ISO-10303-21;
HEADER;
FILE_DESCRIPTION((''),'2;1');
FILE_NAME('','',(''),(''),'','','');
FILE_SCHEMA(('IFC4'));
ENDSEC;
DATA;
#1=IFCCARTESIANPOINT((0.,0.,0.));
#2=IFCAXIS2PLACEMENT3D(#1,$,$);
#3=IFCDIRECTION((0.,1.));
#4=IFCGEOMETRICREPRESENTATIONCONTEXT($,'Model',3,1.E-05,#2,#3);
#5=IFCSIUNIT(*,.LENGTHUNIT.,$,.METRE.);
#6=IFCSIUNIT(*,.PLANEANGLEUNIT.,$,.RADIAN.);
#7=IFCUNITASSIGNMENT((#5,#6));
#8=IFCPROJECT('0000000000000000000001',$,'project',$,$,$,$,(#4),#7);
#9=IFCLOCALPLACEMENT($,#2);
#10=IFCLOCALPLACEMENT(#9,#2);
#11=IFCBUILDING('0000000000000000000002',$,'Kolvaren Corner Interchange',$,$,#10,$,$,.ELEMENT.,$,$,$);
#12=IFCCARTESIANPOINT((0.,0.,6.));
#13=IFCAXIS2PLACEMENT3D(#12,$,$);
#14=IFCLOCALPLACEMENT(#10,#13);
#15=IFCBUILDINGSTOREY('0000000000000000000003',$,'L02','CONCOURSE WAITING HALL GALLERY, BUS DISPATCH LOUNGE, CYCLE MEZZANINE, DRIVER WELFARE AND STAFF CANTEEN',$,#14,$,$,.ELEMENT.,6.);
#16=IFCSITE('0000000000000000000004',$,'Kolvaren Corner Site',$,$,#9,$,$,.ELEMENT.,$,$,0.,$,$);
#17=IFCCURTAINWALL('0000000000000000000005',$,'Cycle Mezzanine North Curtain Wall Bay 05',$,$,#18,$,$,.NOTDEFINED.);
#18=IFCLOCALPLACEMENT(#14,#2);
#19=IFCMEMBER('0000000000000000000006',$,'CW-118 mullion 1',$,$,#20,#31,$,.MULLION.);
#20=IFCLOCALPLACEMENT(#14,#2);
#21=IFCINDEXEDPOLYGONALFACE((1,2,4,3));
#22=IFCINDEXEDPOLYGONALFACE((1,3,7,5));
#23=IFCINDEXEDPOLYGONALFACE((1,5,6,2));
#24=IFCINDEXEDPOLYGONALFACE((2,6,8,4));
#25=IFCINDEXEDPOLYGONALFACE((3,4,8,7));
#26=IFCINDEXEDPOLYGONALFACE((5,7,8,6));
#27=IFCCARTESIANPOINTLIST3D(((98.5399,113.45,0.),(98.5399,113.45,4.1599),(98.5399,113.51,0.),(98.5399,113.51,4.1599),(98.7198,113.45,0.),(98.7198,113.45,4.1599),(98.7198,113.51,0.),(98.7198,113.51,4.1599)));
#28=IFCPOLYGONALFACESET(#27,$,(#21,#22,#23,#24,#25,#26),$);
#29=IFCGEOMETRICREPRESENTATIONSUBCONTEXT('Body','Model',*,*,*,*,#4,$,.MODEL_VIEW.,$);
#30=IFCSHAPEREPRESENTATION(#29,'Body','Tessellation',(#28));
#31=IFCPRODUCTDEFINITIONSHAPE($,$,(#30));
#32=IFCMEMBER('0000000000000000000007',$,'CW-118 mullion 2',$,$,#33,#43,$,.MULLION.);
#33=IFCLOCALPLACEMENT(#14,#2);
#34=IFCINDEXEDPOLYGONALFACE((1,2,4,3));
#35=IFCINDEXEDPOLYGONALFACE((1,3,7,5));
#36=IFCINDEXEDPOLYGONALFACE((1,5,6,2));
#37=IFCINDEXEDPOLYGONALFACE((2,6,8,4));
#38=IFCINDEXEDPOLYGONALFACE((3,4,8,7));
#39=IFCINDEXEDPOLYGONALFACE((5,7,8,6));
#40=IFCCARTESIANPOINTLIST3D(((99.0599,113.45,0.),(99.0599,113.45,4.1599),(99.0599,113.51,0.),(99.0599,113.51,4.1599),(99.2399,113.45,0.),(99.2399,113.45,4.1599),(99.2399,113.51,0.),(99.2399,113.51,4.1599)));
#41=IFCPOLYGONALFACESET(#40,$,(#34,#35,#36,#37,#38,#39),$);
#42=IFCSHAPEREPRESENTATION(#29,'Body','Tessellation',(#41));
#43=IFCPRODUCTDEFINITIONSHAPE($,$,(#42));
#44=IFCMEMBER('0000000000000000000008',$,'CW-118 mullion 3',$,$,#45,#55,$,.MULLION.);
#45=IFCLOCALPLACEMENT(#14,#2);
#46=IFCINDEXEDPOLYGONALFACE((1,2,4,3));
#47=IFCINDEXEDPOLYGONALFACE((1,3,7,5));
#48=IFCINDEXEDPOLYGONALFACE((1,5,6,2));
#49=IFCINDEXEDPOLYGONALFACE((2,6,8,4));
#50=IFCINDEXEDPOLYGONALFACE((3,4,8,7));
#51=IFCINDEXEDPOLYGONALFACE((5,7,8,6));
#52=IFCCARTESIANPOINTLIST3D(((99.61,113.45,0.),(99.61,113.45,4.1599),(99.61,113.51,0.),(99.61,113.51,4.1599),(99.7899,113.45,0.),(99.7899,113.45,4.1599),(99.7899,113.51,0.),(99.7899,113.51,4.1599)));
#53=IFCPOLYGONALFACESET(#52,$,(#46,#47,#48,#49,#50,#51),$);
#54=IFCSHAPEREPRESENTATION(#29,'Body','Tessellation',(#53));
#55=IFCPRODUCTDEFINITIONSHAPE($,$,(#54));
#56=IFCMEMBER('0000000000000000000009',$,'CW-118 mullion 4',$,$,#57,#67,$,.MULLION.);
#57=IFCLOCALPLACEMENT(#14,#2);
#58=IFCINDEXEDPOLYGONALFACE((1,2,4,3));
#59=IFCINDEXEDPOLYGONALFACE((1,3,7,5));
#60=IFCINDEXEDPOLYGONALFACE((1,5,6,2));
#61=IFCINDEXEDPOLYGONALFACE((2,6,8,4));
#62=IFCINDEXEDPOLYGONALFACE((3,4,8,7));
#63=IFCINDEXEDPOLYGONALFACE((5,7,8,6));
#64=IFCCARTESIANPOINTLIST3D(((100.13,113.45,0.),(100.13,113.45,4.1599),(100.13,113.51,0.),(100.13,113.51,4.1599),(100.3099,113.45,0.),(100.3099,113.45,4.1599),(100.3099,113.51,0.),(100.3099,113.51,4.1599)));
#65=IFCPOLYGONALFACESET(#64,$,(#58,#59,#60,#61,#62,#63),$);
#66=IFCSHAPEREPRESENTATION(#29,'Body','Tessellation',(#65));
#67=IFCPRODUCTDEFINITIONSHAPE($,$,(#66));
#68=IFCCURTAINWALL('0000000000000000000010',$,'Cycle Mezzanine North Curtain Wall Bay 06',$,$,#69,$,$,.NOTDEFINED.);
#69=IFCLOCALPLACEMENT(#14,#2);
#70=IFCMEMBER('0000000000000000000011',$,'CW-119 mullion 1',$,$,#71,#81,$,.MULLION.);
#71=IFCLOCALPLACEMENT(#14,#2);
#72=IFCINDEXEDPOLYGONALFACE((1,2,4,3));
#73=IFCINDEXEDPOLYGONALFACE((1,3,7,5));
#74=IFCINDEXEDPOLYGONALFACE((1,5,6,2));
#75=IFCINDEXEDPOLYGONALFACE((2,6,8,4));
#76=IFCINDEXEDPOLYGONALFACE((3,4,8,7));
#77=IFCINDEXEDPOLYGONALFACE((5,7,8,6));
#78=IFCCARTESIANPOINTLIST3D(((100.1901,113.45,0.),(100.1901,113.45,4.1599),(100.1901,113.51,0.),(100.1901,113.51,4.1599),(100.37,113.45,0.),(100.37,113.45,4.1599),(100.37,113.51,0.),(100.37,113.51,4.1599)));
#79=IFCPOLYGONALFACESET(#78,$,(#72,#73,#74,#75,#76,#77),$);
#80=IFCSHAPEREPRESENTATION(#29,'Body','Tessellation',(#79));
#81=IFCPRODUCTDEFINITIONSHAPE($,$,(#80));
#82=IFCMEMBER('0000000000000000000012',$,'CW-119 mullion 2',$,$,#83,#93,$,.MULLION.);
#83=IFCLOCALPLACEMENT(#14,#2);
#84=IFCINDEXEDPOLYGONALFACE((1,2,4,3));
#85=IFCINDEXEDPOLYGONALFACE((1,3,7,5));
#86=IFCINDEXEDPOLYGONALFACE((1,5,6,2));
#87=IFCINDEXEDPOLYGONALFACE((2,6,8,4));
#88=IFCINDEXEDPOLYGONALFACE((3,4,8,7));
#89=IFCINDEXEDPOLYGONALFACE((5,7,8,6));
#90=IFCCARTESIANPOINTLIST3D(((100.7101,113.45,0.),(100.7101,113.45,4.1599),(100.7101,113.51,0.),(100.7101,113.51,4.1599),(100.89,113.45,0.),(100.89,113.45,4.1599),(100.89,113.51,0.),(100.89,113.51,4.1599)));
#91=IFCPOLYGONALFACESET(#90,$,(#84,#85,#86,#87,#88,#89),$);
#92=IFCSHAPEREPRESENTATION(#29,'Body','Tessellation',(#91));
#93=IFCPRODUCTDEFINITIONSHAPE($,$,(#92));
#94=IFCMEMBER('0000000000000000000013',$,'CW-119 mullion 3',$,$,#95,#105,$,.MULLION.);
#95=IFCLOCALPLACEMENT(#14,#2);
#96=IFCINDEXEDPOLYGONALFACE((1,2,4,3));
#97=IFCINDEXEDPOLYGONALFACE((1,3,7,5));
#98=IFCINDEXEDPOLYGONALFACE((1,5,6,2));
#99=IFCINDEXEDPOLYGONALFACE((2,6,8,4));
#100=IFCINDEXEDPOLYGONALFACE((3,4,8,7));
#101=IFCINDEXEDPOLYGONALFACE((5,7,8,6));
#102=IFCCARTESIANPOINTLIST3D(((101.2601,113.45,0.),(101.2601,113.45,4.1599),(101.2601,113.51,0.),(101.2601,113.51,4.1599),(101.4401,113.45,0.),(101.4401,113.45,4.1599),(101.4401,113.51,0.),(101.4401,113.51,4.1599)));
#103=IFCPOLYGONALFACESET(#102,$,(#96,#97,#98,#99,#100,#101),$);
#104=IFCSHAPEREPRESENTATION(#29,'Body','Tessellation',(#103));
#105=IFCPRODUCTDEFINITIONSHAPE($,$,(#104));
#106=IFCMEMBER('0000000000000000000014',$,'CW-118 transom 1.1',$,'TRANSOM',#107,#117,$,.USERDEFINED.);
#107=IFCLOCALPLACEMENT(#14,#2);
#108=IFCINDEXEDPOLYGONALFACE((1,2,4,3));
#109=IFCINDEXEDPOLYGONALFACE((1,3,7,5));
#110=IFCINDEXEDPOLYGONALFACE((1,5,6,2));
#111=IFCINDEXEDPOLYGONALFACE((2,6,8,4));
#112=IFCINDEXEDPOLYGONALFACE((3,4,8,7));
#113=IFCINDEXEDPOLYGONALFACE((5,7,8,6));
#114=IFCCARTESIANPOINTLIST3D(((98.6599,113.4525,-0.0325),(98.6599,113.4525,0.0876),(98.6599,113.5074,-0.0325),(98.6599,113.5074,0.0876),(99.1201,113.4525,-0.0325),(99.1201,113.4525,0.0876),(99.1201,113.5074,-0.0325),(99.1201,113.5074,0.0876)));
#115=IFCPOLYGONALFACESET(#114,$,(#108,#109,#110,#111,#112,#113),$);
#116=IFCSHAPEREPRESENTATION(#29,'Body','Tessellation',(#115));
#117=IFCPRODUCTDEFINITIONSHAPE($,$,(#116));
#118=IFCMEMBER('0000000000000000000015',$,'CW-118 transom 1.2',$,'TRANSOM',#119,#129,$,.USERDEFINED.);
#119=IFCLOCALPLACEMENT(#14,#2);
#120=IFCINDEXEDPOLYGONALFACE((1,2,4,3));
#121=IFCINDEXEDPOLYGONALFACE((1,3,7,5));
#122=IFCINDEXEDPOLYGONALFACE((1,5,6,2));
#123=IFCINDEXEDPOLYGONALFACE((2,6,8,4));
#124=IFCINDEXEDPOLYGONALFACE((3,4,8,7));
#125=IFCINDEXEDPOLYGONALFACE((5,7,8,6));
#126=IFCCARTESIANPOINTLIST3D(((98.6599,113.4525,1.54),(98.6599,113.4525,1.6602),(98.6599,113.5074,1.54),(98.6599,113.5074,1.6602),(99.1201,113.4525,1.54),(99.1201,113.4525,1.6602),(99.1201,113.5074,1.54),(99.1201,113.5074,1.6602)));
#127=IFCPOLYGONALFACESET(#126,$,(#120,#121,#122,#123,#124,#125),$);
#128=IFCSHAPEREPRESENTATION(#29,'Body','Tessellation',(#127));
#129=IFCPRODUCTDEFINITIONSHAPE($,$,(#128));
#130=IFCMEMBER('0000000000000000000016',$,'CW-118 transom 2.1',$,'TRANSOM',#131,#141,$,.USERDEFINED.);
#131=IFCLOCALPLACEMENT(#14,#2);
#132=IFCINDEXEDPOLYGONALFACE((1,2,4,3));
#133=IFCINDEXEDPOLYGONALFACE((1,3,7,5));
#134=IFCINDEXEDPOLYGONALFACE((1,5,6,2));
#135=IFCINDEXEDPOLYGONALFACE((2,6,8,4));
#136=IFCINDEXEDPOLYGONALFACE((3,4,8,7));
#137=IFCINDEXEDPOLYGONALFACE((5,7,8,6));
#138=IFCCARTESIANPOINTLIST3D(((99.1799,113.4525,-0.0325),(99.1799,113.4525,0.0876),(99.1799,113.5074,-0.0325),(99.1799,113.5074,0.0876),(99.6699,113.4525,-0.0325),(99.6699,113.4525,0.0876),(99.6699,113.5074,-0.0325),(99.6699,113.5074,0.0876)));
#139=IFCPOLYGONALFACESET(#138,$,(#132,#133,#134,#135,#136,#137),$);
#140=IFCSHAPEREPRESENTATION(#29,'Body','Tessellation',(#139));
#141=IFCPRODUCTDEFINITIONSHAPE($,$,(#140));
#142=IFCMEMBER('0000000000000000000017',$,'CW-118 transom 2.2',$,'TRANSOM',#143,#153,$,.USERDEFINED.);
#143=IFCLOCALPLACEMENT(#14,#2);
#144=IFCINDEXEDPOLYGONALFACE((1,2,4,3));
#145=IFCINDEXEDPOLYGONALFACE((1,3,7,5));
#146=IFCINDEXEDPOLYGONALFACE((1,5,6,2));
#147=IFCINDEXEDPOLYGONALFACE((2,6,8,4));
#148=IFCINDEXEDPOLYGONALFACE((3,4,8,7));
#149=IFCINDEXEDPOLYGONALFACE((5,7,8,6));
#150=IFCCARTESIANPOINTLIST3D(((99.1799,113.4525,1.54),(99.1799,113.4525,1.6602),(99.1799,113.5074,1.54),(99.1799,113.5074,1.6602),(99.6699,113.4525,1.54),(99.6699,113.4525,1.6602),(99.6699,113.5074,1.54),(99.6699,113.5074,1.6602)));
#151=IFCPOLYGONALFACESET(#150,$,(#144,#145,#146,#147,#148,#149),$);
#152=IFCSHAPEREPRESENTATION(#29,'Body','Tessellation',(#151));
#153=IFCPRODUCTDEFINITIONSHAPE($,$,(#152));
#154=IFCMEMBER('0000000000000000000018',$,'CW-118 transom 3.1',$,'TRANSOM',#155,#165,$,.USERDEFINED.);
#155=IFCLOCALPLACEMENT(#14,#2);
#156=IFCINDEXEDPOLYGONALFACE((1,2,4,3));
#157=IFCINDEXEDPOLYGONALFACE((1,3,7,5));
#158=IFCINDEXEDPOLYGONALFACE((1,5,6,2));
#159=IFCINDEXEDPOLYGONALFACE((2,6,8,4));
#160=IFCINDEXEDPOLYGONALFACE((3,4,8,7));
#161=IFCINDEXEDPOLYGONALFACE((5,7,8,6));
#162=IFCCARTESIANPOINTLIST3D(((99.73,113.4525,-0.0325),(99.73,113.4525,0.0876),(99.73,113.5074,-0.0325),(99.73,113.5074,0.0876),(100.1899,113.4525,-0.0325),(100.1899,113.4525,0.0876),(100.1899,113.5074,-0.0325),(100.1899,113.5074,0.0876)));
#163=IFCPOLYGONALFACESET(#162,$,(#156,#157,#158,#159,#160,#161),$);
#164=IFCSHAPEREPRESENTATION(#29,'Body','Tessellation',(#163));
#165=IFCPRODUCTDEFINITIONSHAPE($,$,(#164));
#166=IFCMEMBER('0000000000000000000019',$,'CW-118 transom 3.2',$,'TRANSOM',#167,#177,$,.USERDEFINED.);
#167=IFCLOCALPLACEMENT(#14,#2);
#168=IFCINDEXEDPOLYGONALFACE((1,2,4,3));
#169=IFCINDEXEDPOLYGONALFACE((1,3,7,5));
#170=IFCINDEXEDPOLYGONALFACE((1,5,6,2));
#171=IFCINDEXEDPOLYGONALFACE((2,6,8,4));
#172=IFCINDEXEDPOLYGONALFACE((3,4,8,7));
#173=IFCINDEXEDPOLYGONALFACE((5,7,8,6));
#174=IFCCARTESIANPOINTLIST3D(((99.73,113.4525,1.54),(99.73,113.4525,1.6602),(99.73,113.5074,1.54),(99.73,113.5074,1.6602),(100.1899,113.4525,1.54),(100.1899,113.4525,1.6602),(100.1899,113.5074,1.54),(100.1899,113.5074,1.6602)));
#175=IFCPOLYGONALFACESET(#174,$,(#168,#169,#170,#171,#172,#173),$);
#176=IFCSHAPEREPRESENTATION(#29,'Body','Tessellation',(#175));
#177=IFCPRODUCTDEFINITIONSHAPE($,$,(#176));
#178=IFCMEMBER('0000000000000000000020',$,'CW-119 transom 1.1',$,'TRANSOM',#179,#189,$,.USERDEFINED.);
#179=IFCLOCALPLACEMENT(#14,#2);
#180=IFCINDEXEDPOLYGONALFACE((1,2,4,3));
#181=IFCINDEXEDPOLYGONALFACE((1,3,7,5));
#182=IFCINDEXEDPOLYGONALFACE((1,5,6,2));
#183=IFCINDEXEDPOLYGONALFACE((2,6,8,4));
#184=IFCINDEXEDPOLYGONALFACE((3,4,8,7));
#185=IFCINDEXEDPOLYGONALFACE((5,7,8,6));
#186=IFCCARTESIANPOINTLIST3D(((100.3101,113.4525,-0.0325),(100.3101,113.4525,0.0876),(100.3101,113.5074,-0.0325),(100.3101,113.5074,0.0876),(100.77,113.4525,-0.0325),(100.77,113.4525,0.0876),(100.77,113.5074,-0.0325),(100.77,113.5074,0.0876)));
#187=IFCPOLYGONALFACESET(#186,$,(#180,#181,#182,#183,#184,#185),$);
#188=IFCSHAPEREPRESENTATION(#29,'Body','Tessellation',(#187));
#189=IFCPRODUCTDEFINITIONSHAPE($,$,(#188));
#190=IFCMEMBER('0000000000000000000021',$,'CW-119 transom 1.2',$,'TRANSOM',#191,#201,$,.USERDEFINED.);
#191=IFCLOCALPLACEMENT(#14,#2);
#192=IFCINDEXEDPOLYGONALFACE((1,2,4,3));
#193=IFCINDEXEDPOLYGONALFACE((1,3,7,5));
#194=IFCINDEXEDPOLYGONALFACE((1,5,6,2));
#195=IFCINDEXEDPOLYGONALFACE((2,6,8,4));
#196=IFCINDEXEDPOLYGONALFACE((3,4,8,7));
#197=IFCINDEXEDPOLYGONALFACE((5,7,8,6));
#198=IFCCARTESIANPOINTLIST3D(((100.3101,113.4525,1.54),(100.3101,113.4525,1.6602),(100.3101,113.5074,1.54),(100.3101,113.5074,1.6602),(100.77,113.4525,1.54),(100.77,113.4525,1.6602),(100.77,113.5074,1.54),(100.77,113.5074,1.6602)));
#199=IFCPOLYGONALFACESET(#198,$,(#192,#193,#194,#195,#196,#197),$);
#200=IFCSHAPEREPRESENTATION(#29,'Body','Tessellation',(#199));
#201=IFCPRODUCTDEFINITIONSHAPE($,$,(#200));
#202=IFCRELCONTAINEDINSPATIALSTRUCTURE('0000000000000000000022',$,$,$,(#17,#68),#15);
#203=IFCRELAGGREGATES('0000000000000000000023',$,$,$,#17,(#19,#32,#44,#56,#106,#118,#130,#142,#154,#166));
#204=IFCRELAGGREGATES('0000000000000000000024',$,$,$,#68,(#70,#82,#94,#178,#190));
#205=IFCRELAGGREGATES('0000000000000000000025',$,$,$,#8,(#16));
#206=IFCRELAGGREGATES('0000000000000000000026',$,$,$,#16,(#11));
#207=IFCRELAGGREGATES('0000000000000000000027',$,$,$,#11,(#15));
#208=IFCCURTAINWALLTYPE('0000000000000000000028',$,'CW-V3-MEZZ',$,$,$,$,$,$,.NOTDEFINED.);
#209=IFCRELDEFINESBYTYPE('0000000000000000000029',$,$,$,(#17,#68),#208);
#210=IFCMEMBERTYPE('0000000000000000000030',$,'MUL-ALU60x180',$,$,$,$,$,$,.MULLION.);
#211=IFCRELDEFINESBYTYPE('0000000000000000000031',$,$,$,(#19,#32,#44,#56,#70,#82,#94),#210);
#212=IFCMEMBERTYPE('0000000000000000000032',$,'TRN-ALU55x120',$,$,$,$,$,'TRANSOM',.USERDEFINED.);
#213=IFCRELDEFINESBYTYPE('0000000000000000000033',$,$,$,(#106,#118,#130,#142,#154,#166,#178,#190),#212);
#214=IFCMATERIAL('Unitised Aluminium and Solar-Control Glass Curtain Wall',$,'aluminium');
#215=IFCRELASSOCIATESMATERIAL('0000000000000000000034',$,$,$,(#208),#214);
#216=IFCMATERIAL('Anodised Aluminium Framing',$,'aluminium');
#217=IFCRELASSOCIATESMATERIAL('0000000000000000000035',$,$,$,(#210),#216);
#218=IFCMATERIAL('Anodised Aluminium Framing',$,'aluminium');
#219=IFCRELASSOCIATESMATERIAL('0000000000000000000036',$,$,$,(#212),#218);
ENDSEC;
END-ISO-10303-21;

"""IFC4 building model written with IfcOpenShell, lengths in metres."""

from ifc_helpers import new_model, si_unit, direction, frame, origin, origin_2d, place, context, subcontext, project, spatial, rectangle, extrude, material, material_profile, profile_set, type_object, element, aggregate, save


model = new_model("IFC4")

# Units and contexts
model_context = context("Model", 3, precision=1e-05, world=origin(), true_north=direction((0.0, 1.0)))
body_context = subcontext(model_context, "Body", "Model", "MODEL_VIEW")
ifc_project = project(units=[si_unit("LENGTHUNIT", "METRE"), si_unit("PLANEANGLEUNIT", "RADIAN")], contexts=[model_context])

# Site, building, storey
site_placement = place(None, origin())
site = spatial("IfcSite", under=ifc_project, at=site_placement, Name="Kolvaren Corner Site", CompositionType="ELEMENT", RefElevation=0.0)
building_placement = place(site_placement, origin())
building = spatial("IfcBuilding", under=site, at=building_placement, Name="Kolvaren Corner Interchange", CompositionType="ELEMENT")
storey_placement = place(building_placement, frame((0.0, 0.0, 6.0)))
storey = spatial("IfcBuildingStorey", under=building, at=storey_placement, Name="L02", Description="CONCOURSE WAITING HALL GALLERY, BUS DISPATCH LOUNGE, CYCLE MEZZANINE, DRIVER WELFARE AND STAFF CANTEEN", CompositionType="ELEMENT", Elevation=6.0)

# Curtain walls, members
ifc_material_1 = material(Name="Unitised Aluminium and Solar-Control Glass Curtain Wall", Category="aluminium")
curtain_wall_type = type_object("IfcCurtainWallType", Name="CW-V3-MEZZ", PredefinedType="NOTDEFINED", material=ifc_material_1)
curtain_wall_1_placement = place(storey_placement, origin())
curtain_wall_1 = element("IfcCurtainWall", 1, at=curtain_wall_1_placement, inside=storey, type_object=curtain_wall_type, Name="Cycle Mezzanine North Curtain Wall Bay 05", PredefinedType="NOTDEFINED")
ifc_material_2 = material(Name="Anodised Aluminium Framing", Category="aluminium")
ifc_material_profile_1 = material_profile(ifc_material_2, rectangle(XDim=0.0601, YDim=0.1799, at=origin_2d()), Name="ALU 60x180")
ifc_profile_set_1 = profile_set([ifc_material_profile_1], Name="Anodised Aluminium Framing")
member_type_1 = type_object("IfcMemberType", Name="MUL-ALU60x180", PredefinedType="MULLION", material=ifc_profile_set_1)
member_1_placement = place(storey_placement, frame((98.6299, 113.48, 0.0), z_axis=(0.0, 0.0, 1.0), x_axis=(0.0, 1.0, 0.0)))
member_1 = element("IfcMember", 2, at=member_1_placement, type_object=member_type_1, Name="CW-118 mullion 1", PredefinedType="MULLION", context=body_context, shape_type="SweptSolid", body=[
    extrude(rectangle(XDim=0.0601, YDim=0.1799, at=origin_2d()), origin(), (0.0, 0.0, 1.0), 4.1599),
])
member_2_placement = place(storey_placement, frame((99.1499, 113.48, 0.0), z_axis=(0.0, 0.0, 1.0), x_axis=(0.0, 1.0, 0.0)))
member_2 = element("IfcMember", 3, at=member_2_placement, type_object=member_type_1, Name="CW-118 mullion 2", PredefinedType="MULLION", context=body_context, shape_type="SweptSolid", body=[
    extrude(rectangle(XDim=0.0601, YDim=0.1799, at=origin_2d()), origin(), (0.0, 0.0, 1.0), 4.1599),
])
member_3_placement = place(storey_placement, frame((99.7, 113.48, 0.0), z_axis=(0.0, 0.0, 1.0), x_axis=(0.0, 1.0, 0.0)))
member_3 = element("IfcMember", 4, at=member_3_placement, type_object=member_type_1, Name="CW-118 mullion 3", PredefinedType="MULLION", context=body_context, shape_type="SweptSolid", body=[
    extrude(rectangle(XDim=0.0601, YDim=0.1799, at=origin_2d()), origin(), (0.0, 0.0, 1.0), 4.1599),
])
member_4_placement = place(storey_placement, frame((100.22, 113.48, 0.0), z_axis=(0.0, 0.0, 1.0), x_axis=(0.0, 1.0, 0.0)))
member_4 = element("IfcMember", 5, at=member_4_placement, type_object=member_type_1, Name="CW-118 mullion 4", PredefinedType="MULLION", context=body_context, shape_type="SweptSolid", body=[
    extrude(rectangle(XDim=0.0601, YDim=0.1799, at=origin_2d()), origin(), (0.0, 0.0, 1.0), 4.1599),
])
curtain_wall_2_placement = place(storey_placement, origin())
curtain_wall_2 = element("IfcCurtainWall", 6, at=curtain_wall_2_placement, inside=storey, type_object=curtain_wall_type, Name="Cycle Mezzanine North Curtain Wall Bay 06", PredefinedType="NOTDEFINED")
member_5_placement = place(storey_placement, frame((100.28, 113.48, 0.0), z_axis=(0.0, 0.0, 1.0), x_axis=(0.0, 1.0, 0.0)))
member_5 = element("IfcMember", 7, at=member_5_placement, type_object=member_type_1, Name="CW-119 mullion 1", PredefinedType="MULLION", context=body_context, shape_type="SweptSolid", body=[
    extrude(rectangle(XDim=0.0601, YDim=0.1799, at=origin_2d()), origin(), (0.0, 0.0, 1.0), 4.1599),
])
member_6_placement = place(storey_placement, frame((100.8, 113.48, 0.0), z_axis=(0.0, 0.0, 1.0), x_axis=(0.0, 1.0, 0.0)))
member_6 = element("IfcMember", 8, at=member_6_placement, type_object=member_type_1, Name="CW-119 mullion 2", PredefinedType="MULLION", context=body_context, shape_type="SweptSolid", body=[
    extrude(rectangle(XDim=0.0601, YDim=0.1799, at=origin_2d()), origin(), (0.0, 0.0, 1.0), 4.1599),
])
member_7_placement = place(storey_placement, frame((101.3501, 113.48, 0.0), z_axis=(0.0, 0.0, 1.0), x_axis=(0.0, 1.0, 0.0)))
member_7 = element("IfcMember", 9, at=member_7_placement, type_object=member_type_1, Name="CW-119 mullion 3", PredefinedType="MULLION", context=body_context, shape_type="SweptSolid", body=[
    extrude(rectangle(XDim=0.0601, YDim=0.1799, at=origin_2d()), origin(), (0.0, 0.0, 1.0), 4.1599),
])

# Members
ifc_material_3 = material(Name="Anodised Aluminium Framing", Category="aluminium")
ifc_material_profile_2 = material_profile(ifc_material_3, rectangle(XDim=0.0549, YDim=0.1201, at=origin_2d()), Name="ALU 55x120")
ifc_profile_set_2 = profile_set([ifc_material_profile_2], Name="Anodised Aluminium Framing")
member_type_2 = type_object("IfcMemberType", Name="TRN-ALU55x120", ElementType="TRANSOM", PredefinedType="USERDEFINED", material=ifc_profile_set_2)
member_8_placement = place(storey_placement, frame((98.6599, 113.48, 0.0276), z_axis=(1.0, 0.0, 0.0), x_axis=(0.0, 1.0, 0.0)))
member_8 = element("IfcMember", 10, at=member_8_placement, type_object=member_type_2, Name="CW-118 transom 1.1", ObjectType="TRANSOM", PredefinedType="USERDEFINED", context=body_context, shape_type="SweptSolid", body=[
    extrude(rectangle(XDim=0.0549, YDim=0.1201, at=origin_2d()), origin(), (0.0, 0.0, 1.0), 0.4602),
])
member_9_placement = place(storey_placement, frame((98.6599, 113.48, 1.6001), z_axis=(1.0, 0.0, 0.0), x_axis=(0.0, 1.0, 0.0)))
member_9 = element("IfcMember", 11, at=member_9_placement, type_object=member_type_2, Name="CW-118 transom 1.2", ObjectType="TRANSOM", PredefinedType="USERDEFINED", context=body_context, shape_type="SweptSolid", body=[
    extrude(rectangle(XDim=0.0549, YDim=0.1201, at=origin_2d()), origin(), (0.0, 0.0, 1.0), 0.4602),
])
member_10_placement = place(storey_placement, frame((99.1799, 113.48, 0.0276), z_axis=(1.0, 0.0, 0.0), x_axis=(0.0, 1.0, 0.0)))
member_10 = element("IfcMember", 12, at=member_10_placement, type_object=member_type_2, Name="CW-118 transom 2.1", ObjectType="TRANSOM", PredefinedType="USERDEFINED", context=body_context, shape_type="SweptSolid", body=[
    extrude(rectangle(XDim=0.0549, YDim=0.1201, at=origin_2d()), origin(), (0.0, 0.0, 1.0), 0.49),
])
member_11_placement = place(storey_placement, frame((99.1799, 113.48, 1.6001), z_axis=(1.0, 0.0, 0.0), x_axis=(0.0, 1.0, 0.0)))
member_11 = element("IfcMember", 13, at=member_11_placement, type_object=member_type_2, Name="CW-118 transom 2.2", ObjectType="TRANSOM", PredefinedType="USERDEFINED", context=body_context, shape_type="SweptSolid", body=[
    extrude(rectangle(XDim=0.0549, YDim=0.1201, at=origin_2d()), origin(), (0.0, 0.0, 1.0), 0.49),
])
member_12_placement = place(storey_placement, frame((99.73, 113.48, 0.0276), z_axis=(1.0, 0.0, 0.0), x_axis=(0.0, 1.0, 0.0)))
member_12 = element("IfcMember", 14, at=member_12_placement, type_object=member_type_2, Name="CW-118 transom 3.1", ObjectType="TRANSOM", PredefinedType="USERDEFINED", context=body_context, shape_type="SweptSolid", body=[
    extrude(rectangle(XDim=0.0549, YDim=0.1201, at=origin_2d()), origin(), (0.0, 0.0, 1.0), 0.46),
])
member_13_placement = place(storey_placement, frame((99.73, 113.48, 1.6001), z_axis=(1.0, 0.0, 0.0), x_axis=(0.0, 1.0, 0.0)))
member_13 = element("IfcMember", 15, at=member_13_placement, type_object=member_type_2, Name="CW-118 transom 3.2", ObjectType="TRANSOM", PredefinedType="USERDEFINED", context=body_context, shape_type="SweptSolid", body=[
    extrude(rectangle(XDim=0.0549, YDim=0.1201, at=origin_2d()), origin(), (0.0, 0.0, 1.0), 0.46),
])
member_14_placement = place(storey_placement, frame((100.3101, 113.48, 0.0276), z_axis=(1.0, 0.0, 0.0), x_axis=(0.0, 1.0, 0.0)))
member_14 = element("IfcMember", 16, at=member_14_placement, type_object=member_type_2, Name="CW-119 transom 1.1", ObjectType="TRANSOM", PredefinedType="USERDEFINED", context=body_context, shape_type="SweptSolid", body=[
    extrude(rectangle(XDim=0.0549, YDim=0.1201, at=origin_2d()), origin(), (0.0, 0.0, 1.0), 0.46),
])
member_15_placement = place(storey_placement, frame((100.3101, 113.48, 1.6001), z_axis=(1.0, 0.0, 0.0), x_axis=(0.0, 1.0, 0.0)))
member_15 = element("IfcMember", 17, at=member_15_placement, type_object=member_type_2, Name="CW-119 transom 1.2", ObjectType="TRANSOM", PredefinedType="USERDEFINED", context=body_context, shape_type="SweptSolid", body=[
    extrude(rectangle(XDim=0.0549, YDim=0.1201, at=origin_2d()), origin(), (0.0, 0.0, 1.0), 0.46),
])

aggregate(curtain_wall_1, [member_1, member_2, member_3, member_4, member_8, member_9, member_10, member_11, member_12, member_13])
aggregate(curtain_wall_2, [member_5, member_6, member_7, member_14, member_15])

save(model, "model.ifc")
